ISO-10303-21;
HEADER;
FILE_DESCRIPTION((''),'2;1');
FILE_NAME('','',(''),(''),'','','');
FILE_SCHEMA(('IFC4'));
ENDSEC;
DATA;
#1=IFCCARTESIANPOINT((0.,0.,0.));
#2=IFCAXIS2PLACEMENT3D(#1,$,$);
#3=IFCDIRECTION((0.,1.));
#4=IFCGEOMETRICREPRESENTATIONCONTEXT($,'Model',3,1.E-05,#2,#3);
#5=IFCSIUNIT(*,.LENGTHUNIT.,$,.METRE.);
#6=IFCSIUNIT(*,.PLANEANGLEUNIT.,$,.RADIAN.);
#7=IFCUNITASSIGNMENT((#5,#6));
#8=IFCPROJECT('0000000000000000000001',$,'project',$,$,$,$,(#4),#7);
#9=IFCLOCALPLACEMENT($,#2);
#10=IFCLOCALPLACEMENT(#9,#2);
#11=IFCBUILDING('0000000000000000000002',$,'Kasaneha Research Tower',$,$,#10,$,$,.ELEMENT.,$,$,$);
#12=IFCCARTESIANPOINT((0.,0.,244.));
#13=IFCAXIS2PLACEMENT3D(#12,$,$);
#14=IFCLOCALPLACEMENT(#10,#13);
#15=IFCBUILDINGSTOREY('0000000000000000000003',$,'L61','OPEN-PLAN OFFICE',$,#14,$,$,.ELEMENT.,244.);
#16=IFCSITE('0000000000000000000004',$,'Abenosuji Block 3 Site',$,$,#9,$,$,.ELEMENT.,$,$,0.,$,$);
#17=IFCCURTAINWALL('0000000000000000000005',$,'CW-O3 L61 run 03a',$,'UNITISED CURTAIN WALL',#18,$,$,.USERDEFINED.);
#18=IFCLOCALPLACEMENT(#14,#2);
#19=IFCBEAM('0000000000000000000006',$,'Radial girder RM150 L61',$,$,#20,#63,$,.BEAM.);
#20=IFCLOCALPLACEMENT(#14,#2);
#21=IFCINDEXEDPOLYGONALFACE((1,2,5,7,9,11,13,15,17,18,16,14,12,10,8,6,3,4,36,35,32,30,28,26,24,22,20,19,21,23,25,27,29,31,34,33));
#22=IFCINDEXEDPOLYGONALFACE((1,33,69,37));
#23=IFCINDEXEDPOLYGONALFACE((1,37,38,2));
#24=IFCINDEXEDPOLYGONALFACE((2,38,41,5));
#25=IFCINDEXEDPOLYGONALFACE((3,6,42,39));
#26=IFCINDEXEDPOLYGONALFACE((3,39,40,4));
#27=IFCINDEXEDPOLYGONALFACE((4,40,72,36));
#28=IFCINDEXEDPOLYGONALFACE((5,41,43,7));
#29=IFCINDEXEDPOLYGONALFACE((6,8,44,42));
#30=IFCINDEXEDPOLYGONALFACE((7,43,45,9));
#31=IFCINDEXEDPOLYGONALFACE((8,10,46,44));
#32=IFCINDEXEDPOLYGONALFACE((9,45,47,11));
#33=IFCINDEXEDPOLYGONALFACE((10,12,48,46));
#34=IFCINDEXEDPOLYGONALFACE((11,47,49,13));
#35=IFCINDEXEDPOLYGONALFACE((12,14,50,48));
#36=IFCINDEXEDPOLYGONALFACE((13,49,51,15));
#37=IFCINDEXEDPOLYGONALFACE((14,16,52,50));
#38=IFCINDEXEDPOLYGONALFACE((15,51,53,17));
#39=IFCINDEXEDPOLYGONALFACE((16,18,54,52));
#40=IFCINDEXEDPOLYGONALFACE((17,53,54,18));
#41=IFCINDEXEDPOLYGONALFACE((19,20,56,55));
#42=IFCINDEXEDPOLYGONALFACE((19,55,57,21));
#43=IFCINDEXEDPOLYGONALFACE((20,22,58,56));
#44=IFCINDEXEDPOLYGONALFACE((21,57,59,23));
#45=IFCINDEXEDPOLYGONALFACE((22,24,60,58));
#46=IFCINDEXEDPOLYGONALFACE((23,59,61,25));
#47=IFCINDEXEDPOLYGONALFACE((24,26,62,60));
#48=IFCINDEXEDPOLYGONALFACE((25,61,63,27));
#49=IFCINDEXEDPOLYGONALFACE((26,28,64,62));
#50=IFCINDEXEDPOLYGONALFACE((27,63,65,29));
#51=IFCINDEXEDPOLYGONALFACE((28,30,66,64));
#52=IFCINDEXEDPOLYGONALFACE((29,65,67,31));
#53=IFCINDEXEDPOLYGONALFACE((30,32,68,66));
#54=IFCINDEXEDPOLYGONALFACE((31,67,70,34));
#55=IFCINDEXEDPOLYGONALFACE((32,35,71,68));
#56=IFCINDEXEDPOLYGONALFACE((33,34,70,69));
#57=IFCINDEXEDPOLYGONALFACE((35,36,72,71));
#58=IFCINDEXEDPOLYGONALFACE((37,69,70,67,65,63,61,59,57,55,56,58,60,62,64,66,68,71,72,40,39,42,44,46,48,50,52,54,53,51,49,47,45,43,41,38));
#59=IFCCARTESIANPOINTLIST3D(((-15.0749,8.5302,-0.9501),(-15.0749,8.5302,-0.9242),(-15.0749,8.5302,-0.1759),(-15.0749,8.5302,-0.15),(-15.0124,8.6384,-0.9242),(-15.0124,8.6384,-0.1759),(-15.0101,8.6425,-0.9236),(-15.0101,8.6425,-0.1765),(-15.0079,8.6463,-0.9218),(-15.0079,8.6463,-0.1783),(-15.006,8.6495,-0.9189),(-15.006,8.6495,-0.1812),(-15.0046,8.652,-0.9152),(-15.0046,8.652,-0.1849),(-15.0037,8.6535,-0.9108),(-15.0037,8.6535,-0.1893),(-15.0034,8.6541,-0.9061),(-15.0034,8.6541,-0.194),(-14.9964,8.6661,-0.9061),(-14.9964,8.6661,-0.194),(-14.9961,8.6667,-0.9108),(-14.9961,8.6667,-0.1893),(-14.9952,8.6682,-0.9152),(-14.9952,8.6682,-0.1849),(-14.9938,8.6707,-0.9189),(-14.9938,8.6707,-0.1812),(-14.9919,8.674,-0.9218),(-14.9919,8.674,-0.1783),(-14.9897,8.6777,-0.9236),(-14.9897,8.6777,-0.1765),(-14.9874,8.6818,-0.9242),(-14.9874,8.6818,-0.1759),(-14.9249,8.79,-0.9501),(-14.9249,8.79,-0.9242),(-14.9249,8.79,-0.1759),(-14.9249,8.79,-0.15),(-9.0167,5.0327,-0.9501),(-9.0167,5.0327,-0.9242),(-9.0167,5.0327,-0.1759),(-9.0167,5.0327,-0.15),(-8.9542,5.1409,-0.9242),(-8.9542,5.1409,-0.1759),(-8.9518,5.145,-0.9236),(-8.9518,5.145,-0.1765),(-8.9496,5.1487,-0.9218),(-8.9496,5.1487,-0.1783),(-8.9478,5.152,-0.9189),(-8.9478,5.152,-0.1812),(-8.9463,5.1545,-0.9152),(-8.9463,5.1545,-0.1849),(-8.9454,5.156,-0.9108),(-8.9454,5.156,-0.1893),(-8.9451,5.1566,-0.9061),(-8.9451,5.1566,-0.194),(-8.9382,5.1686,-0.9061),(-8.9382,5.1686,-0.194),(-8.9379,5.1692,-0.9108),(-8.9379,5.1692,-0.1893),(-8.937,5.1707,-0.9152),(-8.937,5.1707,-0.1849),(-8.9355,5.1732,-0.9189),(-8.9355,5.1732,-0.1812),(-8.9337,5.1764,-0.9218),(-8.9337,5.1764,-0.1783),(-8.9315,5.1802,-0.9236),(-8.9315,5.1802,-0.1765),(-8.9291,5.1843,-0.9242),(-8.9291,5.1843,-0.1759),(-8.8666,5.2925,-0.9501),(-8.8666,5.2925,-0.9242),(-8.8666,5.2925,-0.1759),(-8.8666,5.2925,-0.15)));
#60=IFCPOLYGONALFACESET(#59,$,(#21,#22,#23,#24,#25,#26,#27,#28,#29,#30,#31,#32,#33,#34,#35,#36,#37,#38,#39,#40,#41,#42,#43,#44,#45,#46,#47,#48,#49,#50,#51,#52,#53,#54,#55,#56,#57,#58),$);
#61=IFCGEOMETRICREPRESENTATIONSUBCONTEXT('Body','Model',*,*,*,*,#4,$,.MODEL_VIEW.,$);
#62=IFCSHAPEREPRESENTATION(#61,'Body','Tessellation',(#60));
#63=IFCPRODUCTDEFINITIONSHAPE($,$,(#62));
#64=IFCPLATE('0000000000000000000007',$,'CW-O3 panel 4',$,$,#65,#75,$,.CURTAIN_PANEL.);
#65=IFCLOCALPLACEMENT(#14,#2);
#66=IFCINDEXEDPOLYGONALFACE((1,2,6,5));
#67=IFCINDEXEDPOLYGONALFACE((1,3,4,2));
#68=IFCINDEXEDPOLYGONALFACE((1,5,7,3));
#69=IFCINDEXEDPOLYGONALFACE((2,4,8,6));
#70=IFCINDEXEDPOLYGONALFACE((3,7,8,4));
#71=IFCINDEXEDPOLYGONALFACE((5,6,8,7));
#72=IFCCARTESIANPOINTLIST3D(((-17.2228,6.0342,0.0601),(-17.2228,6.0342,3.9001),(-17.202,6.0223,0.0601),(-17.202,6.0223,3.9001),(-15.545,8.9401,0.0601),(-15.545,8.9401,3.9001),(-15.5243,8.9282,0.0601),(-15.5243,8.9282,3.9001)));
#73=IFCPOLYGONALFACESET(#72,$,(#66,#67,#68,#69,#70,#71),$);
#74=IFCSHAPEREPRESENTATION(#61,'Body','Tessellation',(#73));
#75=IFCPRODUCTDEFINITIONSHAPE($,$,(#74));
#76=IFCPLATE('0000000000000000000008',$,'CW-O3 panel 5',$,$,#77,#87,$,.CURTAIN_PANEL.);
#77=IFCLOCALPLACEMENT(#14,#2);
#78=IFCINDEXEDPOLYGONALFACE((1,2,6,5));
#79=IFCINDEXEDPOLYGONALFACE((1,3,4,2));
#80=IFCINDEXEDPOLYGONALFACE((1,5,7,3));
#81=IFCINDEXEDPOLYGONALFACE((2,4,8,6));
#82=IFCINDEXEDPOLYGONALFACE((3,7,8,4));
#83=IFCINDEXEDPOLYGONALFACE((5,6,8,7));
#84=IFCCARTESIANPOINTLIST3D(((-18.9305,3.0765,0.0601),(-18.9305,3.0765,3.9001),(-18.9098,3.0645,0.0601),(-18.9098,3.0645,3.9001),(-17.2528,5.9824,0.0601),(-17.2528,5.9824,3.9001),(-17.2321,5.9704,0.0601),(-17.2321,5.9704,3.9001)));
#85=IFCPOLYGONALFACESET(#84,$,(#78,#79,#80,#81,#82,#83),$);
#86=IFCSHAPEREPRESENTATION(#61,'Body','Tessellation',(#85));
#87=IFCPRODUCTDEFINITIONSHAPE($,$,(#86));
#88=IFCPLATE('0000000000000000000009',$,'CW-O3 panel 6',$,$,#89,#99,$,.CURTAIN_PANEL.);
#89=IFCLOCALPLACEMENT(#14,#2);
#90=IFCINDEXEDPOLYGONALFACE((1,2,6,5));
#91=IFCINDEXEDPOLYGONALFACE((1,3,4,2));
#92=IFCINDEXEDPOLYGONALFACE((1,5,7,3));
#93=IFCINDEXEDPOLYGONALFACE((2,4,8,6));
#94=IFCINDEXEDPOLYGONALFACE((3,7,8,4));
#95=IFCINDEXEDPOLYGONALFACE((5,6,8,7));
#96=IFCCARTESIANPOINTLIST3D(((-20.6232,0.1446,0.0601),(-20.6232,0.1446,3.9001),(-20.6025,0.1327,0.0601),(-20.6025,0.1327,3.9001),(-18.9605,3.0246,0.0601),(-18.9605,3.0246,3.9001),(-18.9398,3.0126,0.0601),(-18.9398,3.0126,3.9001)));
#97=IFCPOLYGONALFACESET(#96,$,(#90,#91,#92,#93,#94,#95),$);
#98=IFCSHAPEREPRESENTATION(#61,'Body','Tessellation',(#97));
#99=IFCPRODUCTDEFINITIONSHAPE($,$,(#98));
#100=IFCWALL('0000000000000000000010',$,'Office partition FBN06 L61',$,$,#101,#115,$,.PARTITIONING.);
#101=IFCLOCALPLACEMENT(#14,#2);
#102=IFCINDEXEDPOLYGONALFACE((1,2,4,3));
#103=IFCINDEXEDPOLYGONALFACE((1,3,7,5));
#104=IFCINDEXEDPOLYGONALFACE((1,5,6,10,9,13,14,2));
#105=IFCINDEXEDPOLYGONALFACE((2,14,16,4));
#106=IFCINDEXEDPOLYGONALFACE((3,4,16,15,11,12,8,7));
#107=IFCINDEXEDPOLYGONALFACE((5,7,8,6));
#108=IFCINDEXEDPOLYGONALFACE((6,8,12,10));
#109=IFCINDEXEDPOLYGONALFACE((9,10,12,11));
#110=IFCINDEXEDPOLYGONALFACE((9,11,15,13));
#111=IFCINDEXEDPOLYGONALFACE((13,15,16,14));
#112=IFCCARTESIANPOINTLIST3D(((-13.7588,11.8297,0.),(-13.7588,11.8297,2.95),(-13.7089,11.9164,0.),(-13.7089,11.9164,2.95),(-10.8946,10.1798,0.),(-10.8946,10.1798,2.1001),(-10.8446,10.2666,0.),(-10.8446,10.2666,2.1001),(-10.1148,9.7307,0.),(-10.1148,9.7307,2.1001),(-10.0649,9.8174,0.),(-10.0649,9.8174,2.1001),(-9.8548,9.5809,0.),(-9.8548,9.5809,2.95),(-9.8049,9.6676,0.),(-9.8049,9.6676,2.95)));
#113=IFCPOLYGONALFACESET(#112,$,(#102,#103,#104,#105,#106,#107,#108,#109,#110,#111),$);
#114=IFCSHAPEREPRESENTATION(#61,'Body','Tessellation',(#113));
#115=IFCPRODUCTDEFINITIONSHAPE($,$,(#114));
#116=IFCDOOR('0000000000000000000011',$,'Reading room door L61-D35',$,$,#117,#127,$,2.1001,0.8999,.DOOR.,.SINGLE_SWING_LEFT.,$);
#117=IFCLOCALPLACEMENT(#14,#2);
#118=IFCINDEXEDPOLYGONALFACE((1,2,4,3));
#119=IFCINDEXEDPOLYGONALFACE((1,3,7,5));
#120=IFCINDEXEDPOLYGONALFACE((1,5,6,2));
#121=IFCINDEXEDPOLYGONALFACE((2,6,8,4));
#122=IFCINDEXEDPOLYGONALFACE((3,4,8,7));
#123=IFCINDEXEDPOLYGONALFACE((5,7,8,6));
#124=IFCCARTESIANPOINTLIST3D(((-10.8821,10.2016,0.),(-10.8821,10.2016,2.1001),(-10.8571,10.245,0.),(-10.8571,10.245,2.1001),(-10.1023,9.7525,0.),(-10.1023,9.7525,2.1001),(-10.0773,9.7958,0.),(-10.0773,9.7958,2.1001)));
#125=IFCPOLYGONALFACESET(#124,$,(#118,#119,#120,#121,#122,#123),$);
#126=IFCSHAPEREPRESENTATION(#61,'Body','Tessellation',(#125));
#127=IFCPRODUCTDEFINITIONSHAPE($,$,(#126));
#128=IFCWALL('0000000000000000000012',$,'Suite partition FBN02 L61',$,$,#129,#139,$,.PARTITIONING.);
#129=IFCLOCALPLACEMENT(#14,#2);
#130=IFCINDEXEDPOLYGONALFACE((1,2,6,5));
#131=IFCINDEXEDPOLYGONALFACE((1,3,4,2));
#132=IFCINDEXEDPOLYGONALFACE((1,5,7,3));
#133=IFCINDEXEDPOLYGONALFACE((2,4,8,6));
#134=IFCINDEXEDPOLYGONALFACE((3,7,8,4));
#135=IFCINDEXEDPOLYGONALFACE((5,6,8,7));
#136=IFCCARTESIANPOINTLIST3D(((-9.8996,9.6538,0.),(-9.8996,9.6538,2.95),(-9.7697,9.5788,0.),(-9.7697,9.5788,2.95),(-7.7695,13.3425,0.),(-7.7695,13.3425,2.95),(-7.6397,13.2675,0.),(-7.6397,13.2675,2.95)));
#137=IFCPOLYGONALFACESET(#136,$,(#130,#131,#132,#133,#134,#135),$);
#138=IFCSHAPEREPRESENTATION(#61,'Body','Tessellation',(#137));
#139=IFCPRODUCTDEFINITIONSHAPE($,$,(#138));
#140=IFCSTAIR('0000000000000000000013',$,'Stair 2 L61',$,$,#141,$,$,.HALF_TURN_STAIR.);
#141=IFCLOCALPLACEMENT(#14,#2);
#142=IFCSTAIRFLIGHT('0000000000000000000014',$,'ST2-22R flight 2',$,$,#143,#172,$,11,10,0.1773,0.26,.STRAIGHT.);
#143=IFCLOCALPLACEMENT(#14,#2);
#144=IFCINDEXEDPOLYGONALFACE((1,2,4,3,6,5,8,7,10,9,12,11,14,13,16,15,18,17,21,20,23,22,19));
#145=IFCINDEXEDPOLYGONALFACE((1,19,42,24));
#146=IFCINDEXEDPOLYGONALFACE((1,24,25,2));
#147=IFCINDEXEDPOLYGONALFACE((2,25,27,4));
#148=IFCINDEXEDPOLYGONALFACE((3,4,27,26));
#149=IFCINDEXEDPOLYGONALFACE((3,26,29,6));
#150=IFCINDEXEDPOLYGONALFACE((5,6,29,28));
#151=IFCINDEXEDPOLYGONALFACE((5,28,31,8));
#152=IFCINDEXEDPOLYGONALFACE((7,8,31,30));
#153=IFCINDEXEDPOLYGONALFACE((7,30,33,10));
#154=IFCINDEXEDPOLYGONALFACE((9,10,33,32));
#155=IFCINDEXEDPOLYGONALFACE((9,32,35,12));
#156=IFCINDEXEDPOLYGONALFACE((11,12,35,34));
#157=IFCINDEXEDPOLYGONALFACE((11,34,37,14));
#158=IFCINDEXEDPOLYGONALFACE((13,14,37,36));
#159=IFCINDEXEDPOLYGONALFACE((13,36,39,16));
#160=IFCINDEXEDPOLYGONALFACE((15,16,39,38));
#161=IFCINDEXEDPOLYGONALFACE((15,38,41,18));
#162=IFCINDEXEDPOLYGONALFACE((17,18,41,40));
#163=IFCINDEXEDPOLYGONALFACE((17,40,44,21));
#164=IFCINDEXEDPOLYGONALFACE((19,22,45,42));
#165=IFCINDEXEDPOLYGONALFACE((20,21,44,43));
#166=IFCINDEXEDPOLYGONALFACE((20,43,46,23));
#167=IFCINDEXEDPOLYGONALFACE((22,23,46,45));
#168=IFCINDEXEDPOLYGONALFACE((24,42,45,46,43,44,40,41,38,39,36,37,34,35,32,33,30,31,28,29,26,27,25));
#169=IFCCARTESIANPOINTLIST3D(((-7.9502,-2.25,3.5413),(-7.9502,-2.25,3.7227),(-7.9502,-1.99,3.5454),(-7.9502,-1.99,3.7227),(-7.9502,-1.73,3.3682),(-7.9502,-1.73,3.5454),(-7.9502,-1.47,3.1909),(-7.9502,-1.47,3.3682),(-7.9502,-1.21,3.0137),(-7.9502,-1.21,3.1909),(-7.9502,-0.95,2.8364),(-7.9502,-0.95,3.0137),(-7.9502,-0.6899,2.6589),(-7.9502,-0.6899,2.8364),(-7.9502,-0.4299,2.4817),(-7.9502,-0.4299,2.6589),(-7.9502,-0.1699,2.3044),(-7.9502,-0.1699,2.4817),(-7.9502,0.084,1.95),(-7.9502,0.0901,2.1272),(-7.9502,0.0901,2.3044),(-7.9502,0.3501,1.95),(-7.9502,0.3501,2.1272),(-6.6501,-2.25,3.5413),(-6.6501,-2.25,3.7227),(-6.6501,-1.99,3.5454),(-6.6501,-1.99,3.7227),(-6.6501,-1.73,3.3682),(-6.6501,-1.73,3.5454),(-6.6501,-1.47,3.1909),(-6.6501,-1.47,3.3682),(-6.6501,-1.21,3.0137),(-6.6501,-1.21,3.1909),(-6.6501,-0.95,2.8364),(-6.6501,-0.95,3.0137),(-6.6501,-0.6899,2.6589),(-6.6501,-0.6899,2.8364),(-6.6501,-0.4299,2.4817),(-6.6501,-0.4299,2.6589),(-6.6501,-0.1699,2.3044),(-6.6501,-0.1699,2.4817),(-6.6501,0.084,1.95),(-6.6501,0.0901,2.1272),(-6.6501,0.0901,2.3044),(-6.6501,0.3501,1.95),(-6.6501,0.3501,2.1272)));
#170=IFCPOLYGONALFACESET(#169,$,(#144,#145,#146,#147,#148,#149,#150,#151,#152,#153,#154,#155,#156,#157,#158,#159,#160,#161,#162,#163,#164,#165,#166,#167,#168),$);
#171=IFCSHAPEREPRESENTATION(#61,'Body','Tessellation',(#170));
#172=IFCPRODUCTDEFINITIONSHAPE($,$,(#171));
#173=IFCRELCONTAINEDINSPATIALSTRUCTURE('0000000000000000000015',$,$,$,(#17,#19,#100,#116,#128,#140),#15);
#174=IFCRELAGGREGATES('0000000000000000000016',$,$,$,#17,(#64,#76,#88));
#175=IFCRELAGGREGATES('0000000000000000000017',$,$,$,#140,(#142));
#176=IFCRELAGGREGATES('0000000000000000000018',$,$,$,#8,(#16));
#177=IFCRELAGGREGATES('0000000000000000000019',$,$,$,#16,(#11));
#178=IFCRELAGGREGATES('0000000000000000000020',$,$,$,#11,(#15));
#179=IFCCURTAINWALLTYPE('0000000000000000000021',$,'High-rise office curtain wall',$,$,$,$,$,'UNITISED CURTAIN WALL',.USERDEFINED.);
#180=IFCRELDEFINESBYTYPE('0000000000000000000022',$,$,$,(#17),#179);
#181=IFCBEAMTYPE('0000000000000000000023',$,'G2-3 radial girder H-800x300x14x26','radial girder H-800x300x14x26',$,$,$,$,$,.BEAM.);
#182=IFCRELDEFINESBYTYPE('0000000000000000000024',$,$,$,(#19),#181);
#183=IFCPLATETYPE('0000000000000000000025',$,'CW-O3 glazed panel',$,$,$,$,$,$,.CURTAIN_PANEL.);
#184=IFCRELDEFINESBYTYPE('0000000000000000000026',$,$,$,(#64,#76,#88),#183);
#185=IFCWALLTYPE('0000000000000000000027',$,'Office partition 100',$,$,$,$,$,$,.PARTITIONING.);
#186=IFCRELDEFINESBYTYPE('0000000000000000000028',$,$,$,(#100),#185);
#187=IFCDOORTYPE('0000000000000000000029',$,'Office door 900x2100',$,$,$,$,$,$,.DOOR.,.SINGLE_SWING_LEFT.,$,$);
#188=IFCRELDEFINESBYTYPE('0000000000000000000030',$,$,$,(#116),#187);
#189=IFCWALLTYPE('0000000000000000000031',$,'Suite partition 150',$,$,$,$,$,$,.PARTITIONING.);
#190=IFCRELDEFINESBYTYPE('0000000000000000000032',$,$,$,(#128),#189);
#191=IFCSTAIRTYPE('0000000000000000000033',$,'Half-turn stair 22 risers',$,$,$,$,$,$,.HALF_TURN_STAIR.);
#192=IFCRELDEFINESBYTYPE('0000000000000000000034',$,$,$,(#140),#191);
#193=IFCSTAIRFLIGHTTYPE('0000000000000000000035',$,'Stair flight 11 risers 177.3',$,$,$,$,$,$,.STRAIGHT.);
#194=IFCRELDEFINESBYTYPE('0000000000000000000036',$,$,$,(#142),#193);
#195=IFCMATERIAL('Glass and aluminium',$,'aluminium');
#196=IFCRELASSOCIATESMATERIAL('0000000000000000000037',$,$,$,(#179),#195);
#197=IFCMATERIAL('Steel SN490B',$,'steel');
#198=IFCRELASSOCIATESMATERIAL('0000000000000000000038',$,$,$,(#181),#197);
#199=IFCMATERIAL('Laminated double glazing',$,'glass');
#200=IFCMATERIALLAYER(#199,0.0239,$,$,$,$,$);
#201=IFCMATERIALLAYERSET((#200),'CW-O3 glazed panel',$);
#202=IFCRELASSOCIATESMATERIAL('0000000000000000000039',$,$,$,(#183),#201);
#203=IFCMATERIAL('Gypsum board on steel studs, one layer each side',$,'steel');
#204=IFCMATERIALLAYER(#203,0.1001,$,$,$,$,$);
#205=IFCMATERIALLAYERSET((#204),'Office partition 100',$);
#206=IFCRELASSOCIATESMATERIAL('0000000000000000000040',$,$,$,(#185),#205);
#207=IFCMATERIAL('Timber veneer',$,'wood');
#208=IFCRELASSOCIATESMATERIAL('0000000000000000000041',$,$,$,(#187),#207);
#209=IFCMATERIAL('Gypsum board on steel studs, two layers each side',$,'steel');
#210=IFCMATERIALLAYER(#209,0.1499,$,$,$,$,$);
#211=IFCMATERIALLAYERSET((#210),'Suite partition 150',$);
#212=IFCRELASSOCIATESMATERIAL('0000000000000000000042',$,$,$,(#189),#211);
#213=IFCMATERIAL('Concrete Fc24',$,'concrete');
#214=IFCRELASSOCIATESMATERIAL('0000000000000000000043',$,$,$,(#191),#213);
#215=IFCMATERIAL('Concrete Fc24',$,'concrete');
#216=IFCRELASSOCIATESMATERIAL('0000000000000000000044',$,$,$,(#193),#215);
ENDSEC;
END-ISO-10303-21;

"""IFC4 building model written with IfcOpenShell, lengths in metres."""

from ifc_helpers import new_model, si_unit, direction, frame, frame_2d, origin, origin_2d, place, context, subcontext, project, spatial, polyline, rectangle, i_section, outline, extrude, material, layer, layer_set, material_profile, profile_set, type_object, element, fill, aggregate, save


model = new_model("IFC4")

# Units and contexts
model_context = context("Model", 3, precision=1e-05, world=origin(), true_north=direction((0.0, 1.0)))
body_context = subcontext(model_context, "Body", "Model", "MODEL_VIEW")
ifc_project = project(units=[si_unit("LENGTHUNIT", "METRE"), si_unit("PLANEANGLEUNIT", "RADIAN")], contexts=[model_context])

# Site, building, storey
site_placement = place(None, origin())
site = spatial("IfcSite", under=ifc_project, at=site_placement, Name="Abenosuji Block 3 Site", CompositionType="ELEMENT", RefElevation=0.0)
building_placement = place(site_placement, origin())
building = spatial("IfcBuilding", under=site, at=building_placement, Name="Kasaneha Research Tower", CompositionType="ELEMENT")
storey_placement = place(building_placement, frame((0.0, 0.0, 244.0)))
storey = spatial("IfcBuildingStorey", under=building, at=storey_placement, Name="L61", Description="OPEN-PLAN OFFICE", CompositionType="ELEMENT", Elevation=244.0)

# Curtain wall
ifc_material_1 = material(Name="Glass and aluminium", Category="aluminium")
curtain_wall_type = type_object("IfcCurtainWallType", Name="High-rise office curtain wall", ElementType="UNITISED CURTAIN WALL", PredefinedType="USERDEFINED", material=ifc_material_1)
curtain_wall_placement = place(storey_placement, origin())
curtain_wall = element("IfcCurtainWall", 1, at=curtain_wall_placement, inside=storey, type_object=curtain_wall_type, Name="CW-O3 L61 run 03a", ObjectType="UNITISED CURTAIN WALL", PredefinedType="USERDEFINED")

# Beam
ifc_material_2 = material(Name="Steel SN490B", Category="steel")
ifc_material_profile_1 = material_profile(ifc_material_2, i_section(OverallWidth=0.3, OverallDepth=0.8, WebThickness=0.0139, FlangeThickness=0.0259, FilletRadius=0.0181, at=origin_2d()), Name="H-800x300x14x26")
ifc_profile_set_1 = profile_set([ifc_material_profile_1], Name="Steel SN490B")
beam_type_1 = type_object("IfcBeamType", Name="G2-3 radial girder H-800x300x14x26", Description="radial girder H-800x300x14x26", PredefinedType="BEAM", material=ifc_profile_set_1)
beam_1_placement = place(storey_placement, frame((-8.9417, 5.1626, -0.55), z_axis=(-0.86604, 0.499975, 0.0), x_axis=(-0.499975, -0.86604, 0.0)))
element("IfcBeam", 2, at=beam_1_placement, inside=storey, type_object=beam_type_1, Name="Radial girder RM150 L61", PredefinedType="BEAM", context=body_context, shape_type="SweptSolid", body=[
    extrude(i_section(OverallWidth=0.3, OverallDepth=0.8, WebThickness=0.0139, FlangeThickness=0.0259, FilletRadius=0.0181, at=origin_2d()), origin(), (0.0, 0.0, 1.0), 6.9954),
])

# Plates
ifc_material_3 = material(Name="Laminated double glazing", Category="glass")
ifc_layer_1 = layer(ifc_material_3, 0.0239)
ifc_layer_set_1 = layer_set([ifc_layer_1], Name="CW-O3 glazed panel")
plate_type = type_object("IfcPlateType", Name="CW-O3 glazed panel", PredefinedType="CURTAIN_PANEL", material=ifc_layer_set_1)
plate_1_placement = place(storey_placement, frame((-16.3735, 7.4812, 0.0601), z_axis=(0.0, 0.0, 1.0), x_axis=(-0.5, -0.866025, 0.0)))
plate_1 = element("IfcPlate", 3, at=plate_1_placement, type_object=plate_type, Name="CW-O3 panel 4", PredefinedType="CURTAIN_PANEL", context=body_context, shape_type="SweptSolid", body=[
    extrude(rectangle(XDim=3.3555, YDim=0.0239, at=origin_2d()), origin(), (0.0, 0.0, 1.0), 3.8401),
])
plate_2_placement = place(storey_placement, frame((-18.0813, 4.5234, 0.0601), z_axis=(0.0, 0.0, 1.0), x_axis=(-0.5, -0.866025, 0.0)))
plate_2 = element("IfcPlate", 4, at=plate_2_placement, type_object=plate_type, Name="CW-O3 panel 5", PredefinedType="CURTAIN_PANEL", context=body_context, shape_type="SweptSolid", body=[
    extrude(rectangle(XDim=3.3555, YDim=0.0239, at=origin_2d()), origin(), (0.0, 0.0, 1.0), 3.8401),
])
plate_3_placement = place(storey_placement, frame((-19.7815, 1.5786, 0.0601), z_axis=(0.0, 0.0, 1.0), x_axis=(-0.5, -0.866025, 0.0)))
plate_3 = element("IfcPlate", 5, at=plate_3_placement, type_object=plate_type, Name="CW-O3 panel 6", PredefinedType="CURTAIN_PANEL", context=body_context, shape_type="SweptSolid", body=[
    extrude(rectangle(XDim=3.3254, YDim=0.0239, at=origin_2d()), origin(), (0.0, 0.0, 1.0), 3.8401),
])
aggregate(curtain_wall, [plate_1, plate_2, plate_3])

# Wall, opening, door
ifc_material_4 = material(Name="Gypsum board on steel studs, one layer each side", Category="steel")
ifc_layer_2 = layer(ifc_material_4, 0.1001)
ifc_layer_set_2 = layer_set([ifc_layer_2], Name="Office partition 100")
wall_type_1 = type_object("IfcWallType", Name="Office partition 100", PredefinedType="PARTITIONING", material=ifc_layer_set_2)
wall_1_placement = place(storey_placement, frame((-9.8298, 9.6243, 0.0), z_axis=(0.0, 0.0, 1.0), x_axis=(-0.866527, 0.49913, 0.0)))
wall_1 = element("IfcWall", 6, at=wall_1_placement, inside=storey, type_object=wall_type_1, Name="Office partition FBN06 L61", PredefinedType="PARTITIONING", context=body_context, shape_type="SweptSolid", body=[
    extrude(rectangle(XDim=4.5054, YDim=0.1001, at=frame_2d((2.2527, 0.0))), origin(), (0.0, 0.0, 1.0), 2.95),
])
opening_1_placement = place(wall_1_placement, frame((0.3, 0.0, 0.0)))
opening_1 = element("IfcOpeningElement", 7, at=opening_1_placement, cuts=wall_1, PredefinedType="OPENING", context=body_context, shape_type="SweptSolid", body=[
    extrude(rectangle(XDim=0.8999, YDim=2.1001, at=frame_2d((0.45, 1.05))), frame((0.0, 0.0601, 0.0), z_axis=(0.0, -1.0, 0.0), x_axis=(1.0, 0.0, 0.0)), (0.0, 0.0, 1.0), 0.1201),
])
ifc_material_5 = material(Name="Timber veneer", Category="wood")
door_type_1 = type_object("IfcDoorType", Name="Office door 900x2100", OperationType="SINGLE_SWING_LEFT", PredefinedType="DOOR", material=ifc_material_5)
door_1_placement = place(opening_1_placement, origin())
door_1 = element("IfcDoor", 8, at=door_1_placement, inside=storey, type_object=door_type_1, Name="Reading room door L61-D35", OperationType="SINGLE_SWING_LEFT", OverallHeight=2.1001, OverallWidth=0.8999, PredefinedType="DOOR", context=body_context, shape_type="SweptSolid", body=[
    extrude(rectangle(XDim=0.8999, YDim=2.1001, at=frame_2d((0.45, 1.05))), frame((0.0, 0.0249, 0.0), z_axis=(0.0, -1.0, 0.0), x_axis=(1.0, 0.0, 0.0)), (0.0, 0.0, 1.0), 0.05),
])
fill(opening_1, door_1)

# Wall
ifc_material_6 = material(Name="Gypsum board on steel studs, two layers each side", Category="steel")
ifc_layer_3 = layer(ifc_material_6, 0.1499)
ifc_layer_set_3 = layer_set([ifc_layer_3], Name="Suite partition 150")
wall_type_2 = type_object("IfcWallType", Name="Suite partition 150", PredefinedType="PARTITIONING", material=ifc_layer_set_3)
wall_2_placement = place(storey_placement, frame((-9.8347, 9.6162, 0.0), z_axis=(0.0, 0.0, 1.0), x_axis=(0.500078, 0.86598, 0.0)))
element("IfcWall", 9, at=wall_2_placement, inside=storey, type_object=wall_type_2, Name="Suite partition FBN02 L61", PredefinedType="PARTITIONING", context=body_context, shape_type="SweptSolid", body=[
    extrude(rectangle(XDim=4.2595, YDim=0.1499, at=frame_2d((2.1299, 0.0))), origin(), (0.0, 0.0, 1.0), 2.95),
])

# Stair, stair flight
ifc_material_7 = material(Name="Concrete Fc24", Category="concrete")
stair_type = type_object("IfcStairType", Name="Half-turn stair 22 risers", PredefinedType="HALF_TURN_STAIR", material=ifc_material_7)
stair_placement = place(storey_placement, origin())
stair = element("IfcStair", 10, at=stair_placement, inside=storey, type_object=stair_type, Name="Stair 2 L61", PredefinedType="HALF_TURN_STAIR")
ifc_material_8 = material(Name="Concrete Fc24", Category="concrete")
stair_flight_type = type_object("IfcStairFlightType", Name="Stair flight 11 risers 177.3", PredefinedType="STRAIGHT", material=ifc_material_8)
stair_flight_placement = place(storey_placement, frame((-7.3, 0.3501, 1.95), z_axis=(0.0, 0.0, 1.0), x_axis=(0.0, -1.0, 0.0)))
stair_flight = element("IfcStairFlight", 11, at=stair_flight_placement, type_object=stair_flight_type, Name="ST2-22R flight 2", NumberOfRisers=11, NumberOfTreads=10, PredefinedType="STRAIGHT", RiserHeight=0.1773, TreadLength=0.26, context=body_context, shape_type="SweptSolid", body=[
    extrude(outline(polyline([(0.0, 0.0), (0.0, 0.1772), (0.26, 0.1772), (0.26, 0.3545), (0.52, 0.3545), (0.52, 0.5317), (0.78, 0.5317), (0.78, 0.709), (1.04, 0.709), (1.04, 0.8865), (1.3, 0.8865), (1.3, 1.0637), (1.5601, 1.0637), (1.5601, 1.241), (1.8201, 1.241), (1.8201, 1.4182), (2.0801, 1.4182), (2.0801, 1.5955), (2.3401, 1.5955), (2.3401, 1.7727), (2.6001, 1.7727), (2.6001, 1.95), (2.6001, 1.5913), (0.2661, 0.0), (0.0, 0.0)])), frame((0.0, 0.6499, 0.0), z_axis=(0.0, -1.0, 0.0), x_axis=(1.0, 0.0, 0.0)), (0.0, 0.0, 1.0), 1.3),
])
aggregate(stair, [stair_flight])

save(model, "model.ifc")
